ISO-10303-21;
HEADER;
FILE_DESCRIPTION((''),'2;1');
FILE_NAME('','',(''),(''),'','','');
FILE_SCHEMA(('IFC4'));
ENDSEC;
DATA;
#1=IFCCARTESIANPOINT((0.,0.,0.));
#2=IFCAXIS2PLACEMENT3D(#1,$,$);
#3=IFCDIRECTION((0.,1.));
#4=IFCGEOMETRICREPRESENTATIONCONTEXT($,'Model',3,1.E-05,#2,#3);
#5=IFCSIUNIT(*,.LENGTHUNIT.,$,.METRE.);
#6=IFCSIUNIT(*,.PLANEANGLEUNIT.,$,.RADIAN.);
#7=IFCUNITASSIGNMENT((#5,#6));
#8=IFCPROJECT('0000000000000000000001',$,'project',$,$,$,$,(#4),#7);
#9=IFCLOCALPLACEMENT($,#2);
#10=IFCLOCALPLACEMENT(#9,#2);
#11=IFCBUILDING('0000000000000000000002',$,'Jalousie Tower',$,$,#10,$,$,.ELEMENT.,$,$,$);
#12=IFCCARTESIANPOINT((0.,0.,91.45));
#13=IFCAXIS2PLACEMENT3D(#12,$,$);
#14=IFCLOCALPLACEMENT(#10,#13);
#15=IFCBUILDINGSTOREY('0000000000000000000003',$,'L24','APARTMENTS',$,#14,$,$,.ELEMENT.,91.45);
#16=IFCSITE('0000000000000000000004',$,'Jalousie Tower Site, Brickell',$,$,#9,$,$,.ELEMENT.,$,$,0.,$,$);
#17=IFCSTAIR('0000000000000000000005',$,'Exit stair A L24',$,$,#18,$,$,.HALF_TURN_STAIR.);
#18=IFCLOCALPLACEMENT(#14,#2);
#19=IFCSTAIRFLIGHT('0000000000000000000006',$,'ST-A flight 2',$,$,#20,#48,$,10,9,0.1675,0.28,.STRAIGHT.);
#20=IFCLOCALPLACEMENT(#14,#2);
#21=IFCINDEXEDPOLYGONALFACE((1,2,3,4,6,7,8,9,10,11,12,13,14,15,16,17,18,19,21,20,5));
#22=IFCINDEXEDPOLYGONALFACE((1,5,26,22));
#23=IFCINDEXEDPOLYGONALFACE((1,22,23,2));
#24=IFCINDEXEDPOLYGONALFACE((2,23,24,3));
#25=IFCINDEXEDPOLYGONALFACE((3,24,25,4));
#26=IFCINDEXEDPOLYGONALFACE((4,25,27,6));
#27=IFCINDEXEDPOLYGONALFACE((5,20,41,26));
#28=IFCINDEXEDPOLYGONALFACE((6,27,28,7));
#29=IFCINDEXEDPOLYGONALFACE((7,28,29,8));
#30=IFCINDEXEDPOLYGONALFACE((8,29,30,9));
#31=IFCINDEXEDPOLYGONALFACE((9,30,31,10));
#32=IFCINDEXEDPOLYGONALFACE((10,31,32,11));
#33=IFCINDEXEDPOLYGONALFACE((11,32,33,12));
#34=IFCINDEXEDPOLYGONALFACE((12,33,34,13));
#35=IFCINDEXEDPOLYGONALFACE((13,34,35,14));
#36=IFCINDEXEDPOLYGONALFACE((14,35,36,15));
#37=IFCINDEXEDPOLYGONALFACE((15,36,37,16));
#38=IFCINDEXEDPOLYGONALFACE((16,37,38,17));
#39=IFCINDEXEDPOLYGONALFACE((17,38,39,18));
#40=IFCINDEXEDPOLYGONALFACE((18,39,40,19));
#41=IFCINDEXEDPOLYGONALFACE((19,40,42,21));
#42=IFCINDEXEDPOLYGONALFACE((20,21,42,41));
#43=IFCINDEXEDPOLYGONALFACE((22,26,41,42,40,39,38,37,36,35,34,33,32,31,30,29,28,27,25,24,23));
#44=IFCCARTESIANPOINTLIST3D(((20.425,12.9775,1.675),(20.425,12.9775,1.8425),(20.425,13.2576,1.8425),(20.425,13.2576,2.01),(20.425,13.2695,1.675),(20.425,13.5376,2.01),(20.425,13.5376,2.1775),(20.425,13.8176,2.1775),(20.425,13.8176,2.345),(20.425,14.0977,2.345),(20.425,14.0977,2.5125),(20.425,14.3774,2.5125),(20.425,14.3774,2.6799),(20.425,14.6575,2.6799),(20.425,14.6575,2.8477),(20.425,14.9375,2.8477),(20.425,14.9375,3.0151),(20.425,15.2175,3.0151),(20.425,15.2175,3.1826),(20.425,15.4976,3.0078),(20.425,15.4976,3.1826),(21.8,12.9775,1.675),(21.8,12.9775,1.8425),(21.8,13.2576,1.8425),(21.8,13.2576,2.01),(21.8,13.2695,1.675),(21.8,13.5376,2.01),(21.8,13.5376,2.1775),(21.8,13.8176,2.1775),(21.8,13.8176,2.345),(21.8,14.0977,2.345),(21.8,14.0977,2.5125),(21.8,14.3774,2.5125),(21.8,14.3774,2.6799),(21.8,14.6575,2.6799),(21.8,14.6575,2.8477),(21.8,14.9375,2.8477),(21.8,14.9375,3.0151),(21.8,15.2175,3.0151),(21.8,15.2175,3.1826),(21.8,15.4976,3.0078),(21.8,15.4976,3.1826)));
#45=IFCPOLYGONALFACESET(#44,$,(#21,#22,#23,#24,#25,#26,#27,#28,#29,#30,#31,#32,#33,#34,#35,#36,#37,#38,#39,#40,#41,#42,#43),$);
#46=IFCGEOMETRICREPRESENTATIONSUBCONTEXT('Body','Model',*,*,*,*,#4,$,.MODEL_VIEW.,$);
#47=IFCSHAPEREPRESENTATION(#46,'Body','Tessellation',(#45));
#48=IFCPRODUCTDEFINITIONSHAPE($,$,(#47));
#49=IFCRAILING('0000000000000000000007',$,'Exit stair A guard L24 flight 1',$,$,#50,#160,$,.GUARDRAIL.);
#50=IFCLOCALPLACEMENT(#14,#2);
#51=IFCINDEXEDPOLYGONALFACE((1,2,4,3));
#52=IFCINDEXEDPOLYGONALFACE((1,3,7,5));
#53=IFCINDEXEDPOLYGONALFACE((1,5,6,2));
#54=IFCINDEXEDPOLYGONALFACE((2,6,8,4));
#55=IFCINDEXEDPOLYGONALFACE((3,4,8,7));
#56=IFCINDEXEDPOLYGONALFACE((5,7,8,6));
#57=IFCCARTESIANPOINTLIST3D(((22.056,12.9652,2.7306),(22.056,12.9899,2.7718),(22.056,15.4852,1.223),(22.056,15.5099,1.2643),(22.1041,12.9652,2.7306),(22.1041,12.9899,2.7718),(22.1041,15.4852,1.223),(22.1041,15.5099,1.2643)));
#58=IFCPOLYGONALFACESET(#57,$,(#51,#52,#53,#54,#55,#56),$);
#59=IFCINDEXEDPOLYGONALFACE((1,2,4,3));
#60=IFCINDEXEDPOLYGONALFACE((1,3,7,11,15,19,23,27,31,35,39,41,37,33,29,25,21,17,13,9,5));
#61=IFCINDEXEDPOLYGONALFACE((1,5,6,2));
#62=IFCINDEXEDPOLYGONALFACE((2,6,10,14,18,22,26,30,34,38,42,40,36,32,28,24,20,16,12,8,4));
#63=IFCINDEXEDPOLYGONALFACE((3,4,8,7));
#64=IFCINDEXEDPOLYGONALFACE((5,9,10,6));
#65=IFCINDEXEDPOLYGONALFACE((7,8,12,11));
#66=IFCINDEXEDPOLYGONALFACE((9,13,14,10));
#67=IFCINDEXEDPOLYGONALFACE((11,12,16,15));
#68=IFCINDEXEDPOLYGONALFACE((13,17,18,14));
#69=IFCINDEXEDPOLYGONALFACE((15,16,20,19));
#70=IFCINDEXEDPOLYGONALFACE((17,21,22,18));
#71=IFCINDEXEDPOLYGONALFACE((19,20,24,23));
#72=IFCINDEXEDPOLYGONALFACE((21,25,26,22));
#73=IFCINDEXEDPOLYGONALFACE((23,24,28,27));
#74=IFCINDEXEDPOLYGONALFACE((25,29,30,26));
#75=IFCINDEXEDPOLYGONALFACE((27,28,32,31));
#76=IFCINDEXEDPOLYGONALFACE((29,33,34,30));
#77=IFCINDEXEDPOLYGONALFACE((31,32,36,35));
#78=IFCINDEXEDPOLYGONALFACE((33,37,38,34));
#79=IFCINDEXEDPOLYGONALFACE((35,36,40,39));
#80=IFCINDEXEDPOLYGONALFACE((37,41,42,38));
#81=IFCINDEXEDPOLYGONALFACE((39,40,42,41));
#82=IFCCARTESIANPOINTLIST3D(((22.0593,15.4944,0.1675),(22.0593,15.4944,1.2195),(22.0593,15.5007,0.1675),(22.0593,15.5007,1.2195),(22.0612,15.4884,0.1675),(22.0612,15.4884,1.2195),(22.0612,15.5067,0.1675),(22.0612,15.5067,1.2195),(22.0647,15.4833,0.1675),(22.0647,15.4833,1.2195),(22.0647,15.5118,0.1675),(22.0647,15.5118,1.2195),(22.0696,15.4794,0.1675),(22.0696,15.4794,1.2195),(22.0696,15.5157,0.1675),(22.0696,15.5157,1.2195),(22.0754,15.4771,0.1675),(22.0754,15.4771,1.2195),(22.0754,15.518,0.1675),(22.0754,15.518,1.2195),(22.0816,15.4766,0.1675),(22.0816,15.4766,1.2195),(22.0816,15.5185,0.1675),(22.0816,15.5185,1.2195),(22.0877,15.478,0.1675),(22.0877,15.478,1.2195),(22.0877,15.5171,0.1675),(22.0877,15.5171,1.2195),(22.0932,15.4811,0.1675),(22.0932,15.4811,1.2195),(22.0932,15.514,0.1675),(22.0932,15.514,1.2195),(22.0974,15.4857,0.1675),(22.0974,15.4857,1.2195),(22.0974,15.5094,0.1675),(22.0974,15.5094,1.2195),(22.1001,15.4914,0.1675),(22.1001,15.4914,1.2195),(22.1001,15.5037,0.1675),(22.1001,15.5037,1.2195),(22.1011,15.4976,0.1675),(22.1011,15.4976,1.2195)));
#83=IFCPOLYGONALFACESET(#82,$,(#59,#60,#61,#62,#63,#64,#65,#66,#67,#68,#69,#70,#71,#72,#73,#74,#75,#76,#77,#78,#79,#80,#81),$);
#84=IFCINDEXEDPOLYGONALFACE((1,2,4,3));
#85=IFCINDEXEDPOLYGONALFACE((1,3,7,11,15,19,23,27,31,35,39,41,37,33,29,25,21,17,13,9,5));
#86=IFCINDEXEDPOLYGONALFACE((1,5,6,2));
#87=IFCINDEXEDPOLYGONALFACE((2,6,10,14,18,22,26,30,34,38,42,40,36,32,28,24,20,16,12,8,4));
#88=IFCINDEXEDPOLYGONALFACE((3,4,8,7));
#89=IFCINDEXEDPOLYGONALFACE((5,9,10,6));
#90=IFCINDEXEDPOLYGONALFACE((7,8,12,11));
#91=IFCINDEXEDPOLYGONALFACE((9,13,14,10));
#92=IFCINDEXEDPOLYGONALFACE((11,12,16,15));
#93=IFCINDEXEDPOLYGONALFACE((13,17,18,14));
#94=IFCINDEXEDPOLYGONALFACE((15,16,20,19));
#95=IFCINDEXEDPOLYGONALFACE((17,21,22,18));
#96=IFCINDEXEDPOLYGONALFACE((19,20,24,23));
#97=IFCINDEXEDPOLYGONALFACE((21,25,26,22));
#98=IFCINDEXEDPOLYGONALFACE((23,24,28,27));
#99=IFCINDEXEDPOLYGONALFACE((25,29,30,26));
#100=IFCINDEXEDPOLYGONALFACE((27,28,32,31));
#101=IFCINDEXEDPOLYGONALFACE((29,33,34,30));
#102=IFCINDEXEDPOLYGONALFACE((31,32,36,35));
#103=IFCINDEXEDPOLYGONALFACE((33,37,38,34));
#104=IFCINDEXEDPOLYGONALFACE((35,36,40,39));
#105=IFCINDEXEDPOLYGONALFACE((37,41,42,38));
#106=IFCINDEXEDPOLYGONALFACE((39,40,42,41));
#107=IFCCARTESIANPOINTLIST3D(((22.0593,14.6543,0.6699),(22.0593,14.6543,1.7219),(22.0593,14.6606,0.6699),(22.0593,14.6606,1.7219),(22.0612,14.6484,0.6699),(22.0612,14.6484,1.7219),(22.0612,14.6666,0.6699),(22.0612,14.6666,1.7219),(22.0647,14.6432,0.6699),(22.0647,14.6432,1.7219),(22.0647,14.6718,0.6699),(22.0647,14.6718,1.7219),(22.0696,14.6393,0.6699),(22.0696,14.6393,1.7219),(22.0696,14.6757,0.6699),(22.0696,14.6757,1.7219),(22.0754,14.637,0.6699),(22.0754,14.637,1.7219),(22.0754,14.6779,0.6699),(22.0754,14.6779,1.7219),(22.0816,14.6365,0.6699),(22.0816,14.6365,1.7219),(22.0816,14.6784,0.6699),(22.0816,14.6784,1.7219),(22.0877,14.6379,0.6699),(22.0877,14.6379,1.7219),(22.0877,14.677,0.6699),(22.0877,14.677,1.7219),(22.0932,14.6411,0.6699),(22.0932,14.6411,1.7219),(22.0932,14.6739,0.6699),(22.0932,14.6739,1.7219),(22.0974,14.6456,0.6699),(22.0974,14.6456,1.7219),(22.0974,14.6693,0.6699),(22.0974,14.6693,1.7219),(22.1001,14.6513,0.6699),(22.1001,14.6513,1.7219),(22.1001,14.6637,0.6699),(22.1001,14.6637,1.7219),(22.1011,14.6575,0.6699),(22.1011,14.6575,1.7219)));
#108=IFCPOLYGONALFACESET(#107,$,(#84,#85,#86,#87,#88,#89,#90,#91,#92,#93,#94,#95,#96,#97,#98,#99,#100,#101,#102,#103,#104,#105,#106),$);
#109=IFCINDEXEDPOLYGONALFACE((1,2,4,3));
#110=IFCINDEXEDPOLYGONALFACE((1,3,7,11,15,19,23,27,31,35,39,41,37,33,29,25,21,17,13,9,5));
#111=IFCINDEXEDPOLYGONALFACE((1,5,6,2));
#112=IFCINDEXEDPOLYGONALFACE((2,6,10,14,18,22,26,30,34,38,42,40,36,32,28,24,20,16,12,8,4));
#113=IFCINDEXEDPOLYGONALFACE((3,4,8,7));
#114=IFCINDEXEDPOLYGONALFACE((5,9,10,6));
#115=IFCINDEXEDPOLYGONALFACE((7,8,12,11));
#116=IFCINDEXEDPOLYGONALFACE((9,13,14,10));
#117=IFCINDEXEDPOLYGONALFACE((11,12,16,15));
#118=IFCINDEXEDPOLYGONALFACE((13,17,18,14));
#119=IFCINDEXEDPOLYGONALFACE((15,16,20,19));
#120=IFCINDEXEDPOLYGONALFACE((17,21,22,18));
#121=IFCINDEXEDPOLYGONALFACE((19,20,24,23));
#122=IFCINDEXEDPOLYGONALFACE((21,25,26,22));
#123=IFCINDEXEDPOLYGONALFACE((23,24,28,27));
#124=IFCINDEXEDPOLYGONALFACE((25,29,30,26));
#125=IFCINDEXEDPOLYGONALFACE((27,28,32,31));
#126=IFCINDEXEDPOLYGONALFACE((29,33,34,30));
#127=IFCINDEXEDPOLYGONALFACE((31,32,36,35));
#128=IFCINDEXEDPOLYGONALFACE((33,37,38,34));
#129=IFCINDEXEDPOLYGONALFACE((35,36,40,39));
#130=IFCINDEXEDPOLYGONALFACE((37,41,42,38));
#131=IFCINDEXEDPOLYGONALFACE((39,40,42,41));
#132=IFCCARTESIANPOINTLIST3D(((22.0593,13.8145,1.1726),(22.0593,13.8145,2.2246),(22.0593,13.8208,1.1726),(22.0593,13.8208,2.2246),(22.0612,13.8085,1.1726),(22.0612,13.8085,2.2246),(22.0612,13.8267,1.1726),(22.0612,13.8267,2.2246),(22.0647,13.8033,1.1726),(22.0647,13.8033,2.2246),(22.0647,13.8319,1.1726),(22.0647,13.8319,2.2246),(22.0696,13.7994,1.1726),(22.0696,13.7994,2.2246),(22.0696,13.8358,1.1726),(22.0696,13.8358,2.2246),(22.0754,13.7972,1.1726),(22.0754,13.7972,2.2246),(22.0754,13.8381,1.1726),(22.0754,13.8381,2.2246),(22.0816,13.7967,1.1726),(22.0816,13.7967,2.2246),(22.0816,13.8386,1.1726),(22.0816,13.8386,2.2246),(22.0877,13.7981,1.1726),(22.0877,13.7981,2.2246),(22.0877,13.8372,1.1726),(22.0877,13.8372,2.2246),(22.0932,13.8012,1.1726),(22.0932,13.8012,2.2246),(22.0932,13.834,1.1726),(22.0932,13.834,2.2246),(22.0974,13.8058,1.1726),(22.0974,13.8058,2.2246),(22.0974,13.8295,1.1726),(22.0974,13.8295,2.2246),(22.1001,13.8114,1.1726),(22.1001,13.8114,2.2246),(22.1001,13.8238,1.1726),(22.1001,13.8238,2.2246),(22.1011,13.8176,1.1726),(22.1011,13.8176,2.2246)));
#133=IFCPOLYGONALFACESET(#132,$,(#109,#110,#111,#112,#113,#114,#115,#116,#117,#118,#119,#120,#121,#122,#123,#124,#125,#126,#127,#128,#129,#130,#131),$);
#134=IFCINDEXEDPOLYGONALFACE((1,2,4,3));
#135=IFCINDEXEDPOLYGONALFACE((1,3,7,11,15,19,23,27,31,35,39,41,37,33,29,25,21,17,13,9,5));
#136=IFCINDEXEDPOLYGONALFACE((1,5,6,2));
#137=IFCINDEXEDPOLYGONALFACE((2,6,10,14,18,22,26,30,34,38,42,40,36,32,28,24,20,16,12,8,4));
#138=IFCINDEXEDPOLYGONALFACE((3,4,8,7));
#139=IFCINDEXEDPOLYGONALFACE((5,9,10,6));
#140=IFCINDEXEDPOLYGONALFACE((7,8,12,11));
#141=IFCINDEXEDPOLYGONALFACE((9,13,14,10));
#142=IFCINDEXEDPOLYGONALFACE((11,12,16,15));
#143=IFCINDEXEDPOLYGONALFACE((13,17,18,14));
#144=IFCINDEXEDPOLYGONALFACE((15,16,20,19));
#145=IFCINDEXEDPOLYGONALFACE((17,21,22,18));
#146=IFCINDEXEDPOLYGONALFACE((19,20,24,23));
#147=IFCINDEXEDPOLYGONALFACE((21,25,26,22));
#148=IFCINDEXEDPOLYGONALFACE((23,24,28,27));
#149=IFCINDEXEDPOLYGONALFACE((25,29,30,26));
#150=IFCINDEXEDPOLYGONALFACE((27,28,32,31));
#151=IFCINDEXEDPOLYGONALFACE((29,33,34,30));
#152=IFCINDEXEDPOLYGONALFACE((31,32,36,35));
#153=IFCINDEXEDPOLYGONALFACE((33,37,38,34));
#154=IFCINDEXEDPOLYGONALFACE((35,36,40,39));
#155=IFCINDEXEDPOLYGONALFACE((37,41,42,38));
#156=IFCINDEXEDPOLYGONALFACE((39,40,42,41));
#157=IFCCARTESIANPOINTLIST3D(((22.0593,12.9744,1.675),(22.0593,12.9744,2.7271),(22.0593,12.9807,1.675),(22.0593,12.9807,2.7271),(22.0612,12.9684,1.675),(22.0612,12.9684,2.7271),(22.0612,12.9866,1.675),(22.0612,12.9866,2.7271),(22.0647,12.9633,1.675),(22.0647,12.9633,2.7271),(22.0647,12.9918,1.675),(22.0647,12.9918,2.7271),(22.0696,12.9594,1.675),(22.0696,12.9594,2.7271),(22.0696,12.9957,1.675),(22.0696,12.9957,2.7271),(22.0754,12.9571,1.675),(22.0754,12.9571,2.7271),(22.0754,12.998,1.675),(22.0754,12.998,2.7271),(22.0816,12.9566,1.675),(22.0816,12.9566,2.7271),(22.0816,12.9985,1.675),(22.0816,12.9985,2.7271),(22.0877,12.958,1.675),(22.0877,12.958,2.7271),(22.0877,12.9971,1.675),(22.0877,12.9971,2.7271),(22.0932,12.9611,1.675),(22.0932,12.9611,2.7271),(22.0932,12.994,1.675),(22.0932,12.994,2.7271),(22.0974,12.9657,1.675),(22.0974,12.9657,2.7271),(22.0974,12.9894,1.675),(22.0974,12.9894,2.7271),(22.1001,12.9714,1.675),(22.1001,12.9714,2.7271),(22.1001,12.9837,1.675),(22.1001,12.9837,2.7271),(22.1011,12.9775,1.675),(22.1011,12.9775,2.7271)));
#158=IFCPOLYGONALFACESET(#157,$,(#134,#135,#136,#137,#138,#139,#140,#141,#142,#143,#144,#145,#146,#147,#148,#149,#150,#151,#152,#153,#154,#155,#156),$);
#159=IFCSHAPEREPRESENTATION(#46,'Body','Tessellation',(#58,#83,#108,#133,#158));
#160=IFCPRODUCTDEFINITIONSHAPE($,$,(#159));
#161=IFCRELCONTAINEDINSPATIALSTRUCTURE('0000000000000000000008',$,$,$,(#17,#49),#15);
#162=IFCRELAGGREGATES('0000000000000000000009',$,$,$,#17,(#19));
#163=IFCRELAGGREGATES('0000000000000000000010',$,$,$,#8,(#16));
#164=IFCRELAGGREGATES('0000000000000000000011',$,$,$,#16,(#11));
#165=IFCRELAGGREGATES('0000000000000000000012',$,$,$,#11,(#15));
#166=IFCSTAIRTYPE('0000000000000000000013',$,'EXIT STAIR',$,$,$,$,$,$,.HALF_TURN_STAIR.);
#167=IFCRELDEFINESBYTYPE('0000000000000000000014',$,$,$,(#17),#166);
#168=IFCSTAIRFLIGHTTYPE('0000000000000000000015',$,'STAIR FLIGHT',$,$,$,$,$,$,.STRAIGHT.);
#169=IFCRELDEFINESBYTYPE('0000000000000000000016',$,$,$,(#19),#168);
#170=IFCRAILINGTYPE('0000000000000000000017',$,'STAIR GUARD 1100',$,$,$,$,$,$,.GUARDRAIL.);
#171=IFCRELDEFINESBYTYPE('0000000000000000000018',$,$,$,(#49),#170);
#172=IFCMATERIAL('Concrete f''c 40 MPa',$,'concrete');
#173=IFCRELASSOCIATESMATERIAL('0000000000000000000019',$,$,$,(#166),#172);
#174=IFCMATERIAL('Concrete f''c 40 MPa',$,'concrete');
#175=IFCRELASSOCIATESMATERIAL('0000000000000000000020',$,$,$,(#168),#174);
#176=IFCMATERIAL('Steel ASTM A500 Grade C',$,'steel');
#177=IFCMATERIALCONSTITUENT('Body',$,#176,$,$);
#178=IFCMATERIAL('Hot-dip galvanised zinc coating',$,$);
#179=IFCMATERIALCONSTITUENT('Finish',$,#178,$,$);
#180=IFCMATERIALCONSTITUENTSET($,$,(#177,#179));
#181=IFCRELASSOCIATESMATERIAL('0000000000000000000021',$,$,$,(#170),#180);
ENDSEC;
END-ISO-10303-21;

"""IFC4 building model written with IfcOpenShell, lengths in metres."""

from ifc_helpers import new_model, si_unit, direction, frame, origin, origin_2d, place, context, subcontext, project, spatial, polyline, rectangle, circle, outline, extrude, material, constituent, constituent_set, type_object, element, aggregate, save


model = new_model("IFC4")

# Units and contexts
model_context = context("Model", 3, precision=1e-05, world=origin(), true_north=direction((0.0, 1.0)))
body_context = subcontext(model_context, "Body", "Model", "MODEL_VIEW")
ifc_project = project(units=[si_unit("LENGTHUNIT", "METRE"), si_unit("PLANEANGLEUNIT", "RADIAN")], contexts=[model_context])

# Site, building, storey
site_placement = place(None, origin())
site = spatial("IfcSite", under=ifc_project, at=site_placement, Name="Jalousie Tower Site, Brickell", CompositionType="ELEMENT", RefElevation=0.0)
building_placement = place(site_placement, origin())
building = spatial("IfcBuilding", under=site, at=building_placement, Name="Jalousie Tower", CompositionType="ELEMENT")
storey_placement = place(building_placement, frame((0.0, 0.0, 91.45)))
storey = spatial("IfcBuildingStorey", under=building, at=storey_placement, Name="L24", Description="APARTMENTS", CompositionType="ELEMENT", Elevation=91.45)

# Stair, stair flight
ifc_material_1 = material(Name="Concrete f'c 40 MPa", Category="concrete")
stair_type = type_object("IfcStairType", Name="EXIT STAIR", PredefinedType="HALF_TURN_STAIR", material=ifc_material_1)
stair_placement = place(storey_placement, origin())
stair = element("IfcStair", 1, at=stair_placement, inside=storey, type_object=stair_type, Name="Exit stair A L24", PredefinedType="HALF_TURN_STAIR")
ifc_material_2 = material(Name="Concrete f'c 40 MPa", Category="concrete")
stair_flight_type = type_object("IfcStairFlightType", Name="STAIR FLIGHT", PredefinedType="STRAIGHT", material=ifc_material_2)
stair_flight_1_placement = place(storey_placement, frame((21.1125, 12.9775, 1.675), z_axis=(0.0, 0.0, 1.0), x_axis=(0.0, 1.0, 0.0)))
stair_flight_1 = element("IfcStairFlight", 2, at=stair_flight_1_placement, type_object=stair_flight_type, Name="ST-A flight 2", NumberOfRisers=10, NumberOfTreads=9, PredefinedType="STRAIGHT", RiserHeight=0.1675, TreadLength=0.28, context=body_context, shape_type="SweptSolid", body=[
    extrude(outline(polyline([(0.0, 0.0), (0.0, 0.1675), (0.28, 0.1675), (0.28, 0.335), (0.5601, 0.335), (0.5601, 0.5024), (0.8401, 0.5024), (0.8401, 0.6699), (1.1201, 0.6699), (1.1201, 0.8374), (1.3999, 0.8374), (1.3999, 1.0049), (1.6799, 1.0049), (1.6799, 1.1726), (1.96, 1.1726), (1.96, 1.3401), (2.24, 1.3401), (2.24, 1.5076), (2.52, 1.5076), (2.52, 1.675), (2.52, 1.3328), (0.292, 0.0), (0.0, 0.0)])), frame((0.0, 0.6875, 0.0), z_axis=(0.0, -1.0, 0.0), x_axis=(1.0, 0.0, 0.0)), (0.0, 0.0, 1.0), 1.375),
])
aggregate(stair, [stair_flight_1])

# Railing
ifc_material_3 = material(Name="Steel ASTM A500 Grade C", Category="steel")
ifc_constituent_1 = constituent(ifc_material_3, Name="Body")
ifc_material_4 = material(Name="Hot-dip galvanised zinc coating")
ifc_constituent_2 = constituent(ifc_material_4, Name="Finish")
ifc_constituent_set_1 = constituent_set(constituents=[ifc_constituent_1, ifc_constituent_2])
railing_type_1 = type_object("IfcRailingType", Name="STAIR GUARD 1100", PredefinedType="GUARDRAIL", material=ifc_constituent_set_1)
railing_1_placement = place(storey_placement, frame((22.0801, 15.4976, 0.1675)))
element("IfcRailing", 3, at=railing_1_placement, inside=storey, type_object=railing_type_1, Name="Exit stair A guard L24 flight 1", PredefinedType="GUARDRAIL", context=body_context, shape_type="SweptSolid", body=[
    extrude(rectangle(XDim=0.0481, YDim=0.0481, at=origin_2d()), frame((0.0, 0.0, 1.0762), z_axis=(0.0, -0.85816, 0.513383), x_axis=(1.0, 0.0, 0.0)), (0.0, 0.0, 1.0), 2.9365),
    extrude(circle(Radius=0.021, at=origin_2d()), origin(), (0.0, 0.0, 1.0), 1.052),
    extrude(circle(Radius=0.021, at=origin_2d()), frame((0.0, -0.8401, 0.5024)), (0.0, 0.0, 1.0), 1.052),
    extrude(circle(Radius=0.021, at=origin_2d()), frame((0.0, -1.6799, 1.0051)), (0.0, 0.0, 1.0), 1.052),
    extrude(circle(Radius=0.021, at=origin_2d()), frame((0.0, -2.52, 1.5076)), (0.0, 0.0, 1.0), 1.052),
])

save(model, "model.ifc")
